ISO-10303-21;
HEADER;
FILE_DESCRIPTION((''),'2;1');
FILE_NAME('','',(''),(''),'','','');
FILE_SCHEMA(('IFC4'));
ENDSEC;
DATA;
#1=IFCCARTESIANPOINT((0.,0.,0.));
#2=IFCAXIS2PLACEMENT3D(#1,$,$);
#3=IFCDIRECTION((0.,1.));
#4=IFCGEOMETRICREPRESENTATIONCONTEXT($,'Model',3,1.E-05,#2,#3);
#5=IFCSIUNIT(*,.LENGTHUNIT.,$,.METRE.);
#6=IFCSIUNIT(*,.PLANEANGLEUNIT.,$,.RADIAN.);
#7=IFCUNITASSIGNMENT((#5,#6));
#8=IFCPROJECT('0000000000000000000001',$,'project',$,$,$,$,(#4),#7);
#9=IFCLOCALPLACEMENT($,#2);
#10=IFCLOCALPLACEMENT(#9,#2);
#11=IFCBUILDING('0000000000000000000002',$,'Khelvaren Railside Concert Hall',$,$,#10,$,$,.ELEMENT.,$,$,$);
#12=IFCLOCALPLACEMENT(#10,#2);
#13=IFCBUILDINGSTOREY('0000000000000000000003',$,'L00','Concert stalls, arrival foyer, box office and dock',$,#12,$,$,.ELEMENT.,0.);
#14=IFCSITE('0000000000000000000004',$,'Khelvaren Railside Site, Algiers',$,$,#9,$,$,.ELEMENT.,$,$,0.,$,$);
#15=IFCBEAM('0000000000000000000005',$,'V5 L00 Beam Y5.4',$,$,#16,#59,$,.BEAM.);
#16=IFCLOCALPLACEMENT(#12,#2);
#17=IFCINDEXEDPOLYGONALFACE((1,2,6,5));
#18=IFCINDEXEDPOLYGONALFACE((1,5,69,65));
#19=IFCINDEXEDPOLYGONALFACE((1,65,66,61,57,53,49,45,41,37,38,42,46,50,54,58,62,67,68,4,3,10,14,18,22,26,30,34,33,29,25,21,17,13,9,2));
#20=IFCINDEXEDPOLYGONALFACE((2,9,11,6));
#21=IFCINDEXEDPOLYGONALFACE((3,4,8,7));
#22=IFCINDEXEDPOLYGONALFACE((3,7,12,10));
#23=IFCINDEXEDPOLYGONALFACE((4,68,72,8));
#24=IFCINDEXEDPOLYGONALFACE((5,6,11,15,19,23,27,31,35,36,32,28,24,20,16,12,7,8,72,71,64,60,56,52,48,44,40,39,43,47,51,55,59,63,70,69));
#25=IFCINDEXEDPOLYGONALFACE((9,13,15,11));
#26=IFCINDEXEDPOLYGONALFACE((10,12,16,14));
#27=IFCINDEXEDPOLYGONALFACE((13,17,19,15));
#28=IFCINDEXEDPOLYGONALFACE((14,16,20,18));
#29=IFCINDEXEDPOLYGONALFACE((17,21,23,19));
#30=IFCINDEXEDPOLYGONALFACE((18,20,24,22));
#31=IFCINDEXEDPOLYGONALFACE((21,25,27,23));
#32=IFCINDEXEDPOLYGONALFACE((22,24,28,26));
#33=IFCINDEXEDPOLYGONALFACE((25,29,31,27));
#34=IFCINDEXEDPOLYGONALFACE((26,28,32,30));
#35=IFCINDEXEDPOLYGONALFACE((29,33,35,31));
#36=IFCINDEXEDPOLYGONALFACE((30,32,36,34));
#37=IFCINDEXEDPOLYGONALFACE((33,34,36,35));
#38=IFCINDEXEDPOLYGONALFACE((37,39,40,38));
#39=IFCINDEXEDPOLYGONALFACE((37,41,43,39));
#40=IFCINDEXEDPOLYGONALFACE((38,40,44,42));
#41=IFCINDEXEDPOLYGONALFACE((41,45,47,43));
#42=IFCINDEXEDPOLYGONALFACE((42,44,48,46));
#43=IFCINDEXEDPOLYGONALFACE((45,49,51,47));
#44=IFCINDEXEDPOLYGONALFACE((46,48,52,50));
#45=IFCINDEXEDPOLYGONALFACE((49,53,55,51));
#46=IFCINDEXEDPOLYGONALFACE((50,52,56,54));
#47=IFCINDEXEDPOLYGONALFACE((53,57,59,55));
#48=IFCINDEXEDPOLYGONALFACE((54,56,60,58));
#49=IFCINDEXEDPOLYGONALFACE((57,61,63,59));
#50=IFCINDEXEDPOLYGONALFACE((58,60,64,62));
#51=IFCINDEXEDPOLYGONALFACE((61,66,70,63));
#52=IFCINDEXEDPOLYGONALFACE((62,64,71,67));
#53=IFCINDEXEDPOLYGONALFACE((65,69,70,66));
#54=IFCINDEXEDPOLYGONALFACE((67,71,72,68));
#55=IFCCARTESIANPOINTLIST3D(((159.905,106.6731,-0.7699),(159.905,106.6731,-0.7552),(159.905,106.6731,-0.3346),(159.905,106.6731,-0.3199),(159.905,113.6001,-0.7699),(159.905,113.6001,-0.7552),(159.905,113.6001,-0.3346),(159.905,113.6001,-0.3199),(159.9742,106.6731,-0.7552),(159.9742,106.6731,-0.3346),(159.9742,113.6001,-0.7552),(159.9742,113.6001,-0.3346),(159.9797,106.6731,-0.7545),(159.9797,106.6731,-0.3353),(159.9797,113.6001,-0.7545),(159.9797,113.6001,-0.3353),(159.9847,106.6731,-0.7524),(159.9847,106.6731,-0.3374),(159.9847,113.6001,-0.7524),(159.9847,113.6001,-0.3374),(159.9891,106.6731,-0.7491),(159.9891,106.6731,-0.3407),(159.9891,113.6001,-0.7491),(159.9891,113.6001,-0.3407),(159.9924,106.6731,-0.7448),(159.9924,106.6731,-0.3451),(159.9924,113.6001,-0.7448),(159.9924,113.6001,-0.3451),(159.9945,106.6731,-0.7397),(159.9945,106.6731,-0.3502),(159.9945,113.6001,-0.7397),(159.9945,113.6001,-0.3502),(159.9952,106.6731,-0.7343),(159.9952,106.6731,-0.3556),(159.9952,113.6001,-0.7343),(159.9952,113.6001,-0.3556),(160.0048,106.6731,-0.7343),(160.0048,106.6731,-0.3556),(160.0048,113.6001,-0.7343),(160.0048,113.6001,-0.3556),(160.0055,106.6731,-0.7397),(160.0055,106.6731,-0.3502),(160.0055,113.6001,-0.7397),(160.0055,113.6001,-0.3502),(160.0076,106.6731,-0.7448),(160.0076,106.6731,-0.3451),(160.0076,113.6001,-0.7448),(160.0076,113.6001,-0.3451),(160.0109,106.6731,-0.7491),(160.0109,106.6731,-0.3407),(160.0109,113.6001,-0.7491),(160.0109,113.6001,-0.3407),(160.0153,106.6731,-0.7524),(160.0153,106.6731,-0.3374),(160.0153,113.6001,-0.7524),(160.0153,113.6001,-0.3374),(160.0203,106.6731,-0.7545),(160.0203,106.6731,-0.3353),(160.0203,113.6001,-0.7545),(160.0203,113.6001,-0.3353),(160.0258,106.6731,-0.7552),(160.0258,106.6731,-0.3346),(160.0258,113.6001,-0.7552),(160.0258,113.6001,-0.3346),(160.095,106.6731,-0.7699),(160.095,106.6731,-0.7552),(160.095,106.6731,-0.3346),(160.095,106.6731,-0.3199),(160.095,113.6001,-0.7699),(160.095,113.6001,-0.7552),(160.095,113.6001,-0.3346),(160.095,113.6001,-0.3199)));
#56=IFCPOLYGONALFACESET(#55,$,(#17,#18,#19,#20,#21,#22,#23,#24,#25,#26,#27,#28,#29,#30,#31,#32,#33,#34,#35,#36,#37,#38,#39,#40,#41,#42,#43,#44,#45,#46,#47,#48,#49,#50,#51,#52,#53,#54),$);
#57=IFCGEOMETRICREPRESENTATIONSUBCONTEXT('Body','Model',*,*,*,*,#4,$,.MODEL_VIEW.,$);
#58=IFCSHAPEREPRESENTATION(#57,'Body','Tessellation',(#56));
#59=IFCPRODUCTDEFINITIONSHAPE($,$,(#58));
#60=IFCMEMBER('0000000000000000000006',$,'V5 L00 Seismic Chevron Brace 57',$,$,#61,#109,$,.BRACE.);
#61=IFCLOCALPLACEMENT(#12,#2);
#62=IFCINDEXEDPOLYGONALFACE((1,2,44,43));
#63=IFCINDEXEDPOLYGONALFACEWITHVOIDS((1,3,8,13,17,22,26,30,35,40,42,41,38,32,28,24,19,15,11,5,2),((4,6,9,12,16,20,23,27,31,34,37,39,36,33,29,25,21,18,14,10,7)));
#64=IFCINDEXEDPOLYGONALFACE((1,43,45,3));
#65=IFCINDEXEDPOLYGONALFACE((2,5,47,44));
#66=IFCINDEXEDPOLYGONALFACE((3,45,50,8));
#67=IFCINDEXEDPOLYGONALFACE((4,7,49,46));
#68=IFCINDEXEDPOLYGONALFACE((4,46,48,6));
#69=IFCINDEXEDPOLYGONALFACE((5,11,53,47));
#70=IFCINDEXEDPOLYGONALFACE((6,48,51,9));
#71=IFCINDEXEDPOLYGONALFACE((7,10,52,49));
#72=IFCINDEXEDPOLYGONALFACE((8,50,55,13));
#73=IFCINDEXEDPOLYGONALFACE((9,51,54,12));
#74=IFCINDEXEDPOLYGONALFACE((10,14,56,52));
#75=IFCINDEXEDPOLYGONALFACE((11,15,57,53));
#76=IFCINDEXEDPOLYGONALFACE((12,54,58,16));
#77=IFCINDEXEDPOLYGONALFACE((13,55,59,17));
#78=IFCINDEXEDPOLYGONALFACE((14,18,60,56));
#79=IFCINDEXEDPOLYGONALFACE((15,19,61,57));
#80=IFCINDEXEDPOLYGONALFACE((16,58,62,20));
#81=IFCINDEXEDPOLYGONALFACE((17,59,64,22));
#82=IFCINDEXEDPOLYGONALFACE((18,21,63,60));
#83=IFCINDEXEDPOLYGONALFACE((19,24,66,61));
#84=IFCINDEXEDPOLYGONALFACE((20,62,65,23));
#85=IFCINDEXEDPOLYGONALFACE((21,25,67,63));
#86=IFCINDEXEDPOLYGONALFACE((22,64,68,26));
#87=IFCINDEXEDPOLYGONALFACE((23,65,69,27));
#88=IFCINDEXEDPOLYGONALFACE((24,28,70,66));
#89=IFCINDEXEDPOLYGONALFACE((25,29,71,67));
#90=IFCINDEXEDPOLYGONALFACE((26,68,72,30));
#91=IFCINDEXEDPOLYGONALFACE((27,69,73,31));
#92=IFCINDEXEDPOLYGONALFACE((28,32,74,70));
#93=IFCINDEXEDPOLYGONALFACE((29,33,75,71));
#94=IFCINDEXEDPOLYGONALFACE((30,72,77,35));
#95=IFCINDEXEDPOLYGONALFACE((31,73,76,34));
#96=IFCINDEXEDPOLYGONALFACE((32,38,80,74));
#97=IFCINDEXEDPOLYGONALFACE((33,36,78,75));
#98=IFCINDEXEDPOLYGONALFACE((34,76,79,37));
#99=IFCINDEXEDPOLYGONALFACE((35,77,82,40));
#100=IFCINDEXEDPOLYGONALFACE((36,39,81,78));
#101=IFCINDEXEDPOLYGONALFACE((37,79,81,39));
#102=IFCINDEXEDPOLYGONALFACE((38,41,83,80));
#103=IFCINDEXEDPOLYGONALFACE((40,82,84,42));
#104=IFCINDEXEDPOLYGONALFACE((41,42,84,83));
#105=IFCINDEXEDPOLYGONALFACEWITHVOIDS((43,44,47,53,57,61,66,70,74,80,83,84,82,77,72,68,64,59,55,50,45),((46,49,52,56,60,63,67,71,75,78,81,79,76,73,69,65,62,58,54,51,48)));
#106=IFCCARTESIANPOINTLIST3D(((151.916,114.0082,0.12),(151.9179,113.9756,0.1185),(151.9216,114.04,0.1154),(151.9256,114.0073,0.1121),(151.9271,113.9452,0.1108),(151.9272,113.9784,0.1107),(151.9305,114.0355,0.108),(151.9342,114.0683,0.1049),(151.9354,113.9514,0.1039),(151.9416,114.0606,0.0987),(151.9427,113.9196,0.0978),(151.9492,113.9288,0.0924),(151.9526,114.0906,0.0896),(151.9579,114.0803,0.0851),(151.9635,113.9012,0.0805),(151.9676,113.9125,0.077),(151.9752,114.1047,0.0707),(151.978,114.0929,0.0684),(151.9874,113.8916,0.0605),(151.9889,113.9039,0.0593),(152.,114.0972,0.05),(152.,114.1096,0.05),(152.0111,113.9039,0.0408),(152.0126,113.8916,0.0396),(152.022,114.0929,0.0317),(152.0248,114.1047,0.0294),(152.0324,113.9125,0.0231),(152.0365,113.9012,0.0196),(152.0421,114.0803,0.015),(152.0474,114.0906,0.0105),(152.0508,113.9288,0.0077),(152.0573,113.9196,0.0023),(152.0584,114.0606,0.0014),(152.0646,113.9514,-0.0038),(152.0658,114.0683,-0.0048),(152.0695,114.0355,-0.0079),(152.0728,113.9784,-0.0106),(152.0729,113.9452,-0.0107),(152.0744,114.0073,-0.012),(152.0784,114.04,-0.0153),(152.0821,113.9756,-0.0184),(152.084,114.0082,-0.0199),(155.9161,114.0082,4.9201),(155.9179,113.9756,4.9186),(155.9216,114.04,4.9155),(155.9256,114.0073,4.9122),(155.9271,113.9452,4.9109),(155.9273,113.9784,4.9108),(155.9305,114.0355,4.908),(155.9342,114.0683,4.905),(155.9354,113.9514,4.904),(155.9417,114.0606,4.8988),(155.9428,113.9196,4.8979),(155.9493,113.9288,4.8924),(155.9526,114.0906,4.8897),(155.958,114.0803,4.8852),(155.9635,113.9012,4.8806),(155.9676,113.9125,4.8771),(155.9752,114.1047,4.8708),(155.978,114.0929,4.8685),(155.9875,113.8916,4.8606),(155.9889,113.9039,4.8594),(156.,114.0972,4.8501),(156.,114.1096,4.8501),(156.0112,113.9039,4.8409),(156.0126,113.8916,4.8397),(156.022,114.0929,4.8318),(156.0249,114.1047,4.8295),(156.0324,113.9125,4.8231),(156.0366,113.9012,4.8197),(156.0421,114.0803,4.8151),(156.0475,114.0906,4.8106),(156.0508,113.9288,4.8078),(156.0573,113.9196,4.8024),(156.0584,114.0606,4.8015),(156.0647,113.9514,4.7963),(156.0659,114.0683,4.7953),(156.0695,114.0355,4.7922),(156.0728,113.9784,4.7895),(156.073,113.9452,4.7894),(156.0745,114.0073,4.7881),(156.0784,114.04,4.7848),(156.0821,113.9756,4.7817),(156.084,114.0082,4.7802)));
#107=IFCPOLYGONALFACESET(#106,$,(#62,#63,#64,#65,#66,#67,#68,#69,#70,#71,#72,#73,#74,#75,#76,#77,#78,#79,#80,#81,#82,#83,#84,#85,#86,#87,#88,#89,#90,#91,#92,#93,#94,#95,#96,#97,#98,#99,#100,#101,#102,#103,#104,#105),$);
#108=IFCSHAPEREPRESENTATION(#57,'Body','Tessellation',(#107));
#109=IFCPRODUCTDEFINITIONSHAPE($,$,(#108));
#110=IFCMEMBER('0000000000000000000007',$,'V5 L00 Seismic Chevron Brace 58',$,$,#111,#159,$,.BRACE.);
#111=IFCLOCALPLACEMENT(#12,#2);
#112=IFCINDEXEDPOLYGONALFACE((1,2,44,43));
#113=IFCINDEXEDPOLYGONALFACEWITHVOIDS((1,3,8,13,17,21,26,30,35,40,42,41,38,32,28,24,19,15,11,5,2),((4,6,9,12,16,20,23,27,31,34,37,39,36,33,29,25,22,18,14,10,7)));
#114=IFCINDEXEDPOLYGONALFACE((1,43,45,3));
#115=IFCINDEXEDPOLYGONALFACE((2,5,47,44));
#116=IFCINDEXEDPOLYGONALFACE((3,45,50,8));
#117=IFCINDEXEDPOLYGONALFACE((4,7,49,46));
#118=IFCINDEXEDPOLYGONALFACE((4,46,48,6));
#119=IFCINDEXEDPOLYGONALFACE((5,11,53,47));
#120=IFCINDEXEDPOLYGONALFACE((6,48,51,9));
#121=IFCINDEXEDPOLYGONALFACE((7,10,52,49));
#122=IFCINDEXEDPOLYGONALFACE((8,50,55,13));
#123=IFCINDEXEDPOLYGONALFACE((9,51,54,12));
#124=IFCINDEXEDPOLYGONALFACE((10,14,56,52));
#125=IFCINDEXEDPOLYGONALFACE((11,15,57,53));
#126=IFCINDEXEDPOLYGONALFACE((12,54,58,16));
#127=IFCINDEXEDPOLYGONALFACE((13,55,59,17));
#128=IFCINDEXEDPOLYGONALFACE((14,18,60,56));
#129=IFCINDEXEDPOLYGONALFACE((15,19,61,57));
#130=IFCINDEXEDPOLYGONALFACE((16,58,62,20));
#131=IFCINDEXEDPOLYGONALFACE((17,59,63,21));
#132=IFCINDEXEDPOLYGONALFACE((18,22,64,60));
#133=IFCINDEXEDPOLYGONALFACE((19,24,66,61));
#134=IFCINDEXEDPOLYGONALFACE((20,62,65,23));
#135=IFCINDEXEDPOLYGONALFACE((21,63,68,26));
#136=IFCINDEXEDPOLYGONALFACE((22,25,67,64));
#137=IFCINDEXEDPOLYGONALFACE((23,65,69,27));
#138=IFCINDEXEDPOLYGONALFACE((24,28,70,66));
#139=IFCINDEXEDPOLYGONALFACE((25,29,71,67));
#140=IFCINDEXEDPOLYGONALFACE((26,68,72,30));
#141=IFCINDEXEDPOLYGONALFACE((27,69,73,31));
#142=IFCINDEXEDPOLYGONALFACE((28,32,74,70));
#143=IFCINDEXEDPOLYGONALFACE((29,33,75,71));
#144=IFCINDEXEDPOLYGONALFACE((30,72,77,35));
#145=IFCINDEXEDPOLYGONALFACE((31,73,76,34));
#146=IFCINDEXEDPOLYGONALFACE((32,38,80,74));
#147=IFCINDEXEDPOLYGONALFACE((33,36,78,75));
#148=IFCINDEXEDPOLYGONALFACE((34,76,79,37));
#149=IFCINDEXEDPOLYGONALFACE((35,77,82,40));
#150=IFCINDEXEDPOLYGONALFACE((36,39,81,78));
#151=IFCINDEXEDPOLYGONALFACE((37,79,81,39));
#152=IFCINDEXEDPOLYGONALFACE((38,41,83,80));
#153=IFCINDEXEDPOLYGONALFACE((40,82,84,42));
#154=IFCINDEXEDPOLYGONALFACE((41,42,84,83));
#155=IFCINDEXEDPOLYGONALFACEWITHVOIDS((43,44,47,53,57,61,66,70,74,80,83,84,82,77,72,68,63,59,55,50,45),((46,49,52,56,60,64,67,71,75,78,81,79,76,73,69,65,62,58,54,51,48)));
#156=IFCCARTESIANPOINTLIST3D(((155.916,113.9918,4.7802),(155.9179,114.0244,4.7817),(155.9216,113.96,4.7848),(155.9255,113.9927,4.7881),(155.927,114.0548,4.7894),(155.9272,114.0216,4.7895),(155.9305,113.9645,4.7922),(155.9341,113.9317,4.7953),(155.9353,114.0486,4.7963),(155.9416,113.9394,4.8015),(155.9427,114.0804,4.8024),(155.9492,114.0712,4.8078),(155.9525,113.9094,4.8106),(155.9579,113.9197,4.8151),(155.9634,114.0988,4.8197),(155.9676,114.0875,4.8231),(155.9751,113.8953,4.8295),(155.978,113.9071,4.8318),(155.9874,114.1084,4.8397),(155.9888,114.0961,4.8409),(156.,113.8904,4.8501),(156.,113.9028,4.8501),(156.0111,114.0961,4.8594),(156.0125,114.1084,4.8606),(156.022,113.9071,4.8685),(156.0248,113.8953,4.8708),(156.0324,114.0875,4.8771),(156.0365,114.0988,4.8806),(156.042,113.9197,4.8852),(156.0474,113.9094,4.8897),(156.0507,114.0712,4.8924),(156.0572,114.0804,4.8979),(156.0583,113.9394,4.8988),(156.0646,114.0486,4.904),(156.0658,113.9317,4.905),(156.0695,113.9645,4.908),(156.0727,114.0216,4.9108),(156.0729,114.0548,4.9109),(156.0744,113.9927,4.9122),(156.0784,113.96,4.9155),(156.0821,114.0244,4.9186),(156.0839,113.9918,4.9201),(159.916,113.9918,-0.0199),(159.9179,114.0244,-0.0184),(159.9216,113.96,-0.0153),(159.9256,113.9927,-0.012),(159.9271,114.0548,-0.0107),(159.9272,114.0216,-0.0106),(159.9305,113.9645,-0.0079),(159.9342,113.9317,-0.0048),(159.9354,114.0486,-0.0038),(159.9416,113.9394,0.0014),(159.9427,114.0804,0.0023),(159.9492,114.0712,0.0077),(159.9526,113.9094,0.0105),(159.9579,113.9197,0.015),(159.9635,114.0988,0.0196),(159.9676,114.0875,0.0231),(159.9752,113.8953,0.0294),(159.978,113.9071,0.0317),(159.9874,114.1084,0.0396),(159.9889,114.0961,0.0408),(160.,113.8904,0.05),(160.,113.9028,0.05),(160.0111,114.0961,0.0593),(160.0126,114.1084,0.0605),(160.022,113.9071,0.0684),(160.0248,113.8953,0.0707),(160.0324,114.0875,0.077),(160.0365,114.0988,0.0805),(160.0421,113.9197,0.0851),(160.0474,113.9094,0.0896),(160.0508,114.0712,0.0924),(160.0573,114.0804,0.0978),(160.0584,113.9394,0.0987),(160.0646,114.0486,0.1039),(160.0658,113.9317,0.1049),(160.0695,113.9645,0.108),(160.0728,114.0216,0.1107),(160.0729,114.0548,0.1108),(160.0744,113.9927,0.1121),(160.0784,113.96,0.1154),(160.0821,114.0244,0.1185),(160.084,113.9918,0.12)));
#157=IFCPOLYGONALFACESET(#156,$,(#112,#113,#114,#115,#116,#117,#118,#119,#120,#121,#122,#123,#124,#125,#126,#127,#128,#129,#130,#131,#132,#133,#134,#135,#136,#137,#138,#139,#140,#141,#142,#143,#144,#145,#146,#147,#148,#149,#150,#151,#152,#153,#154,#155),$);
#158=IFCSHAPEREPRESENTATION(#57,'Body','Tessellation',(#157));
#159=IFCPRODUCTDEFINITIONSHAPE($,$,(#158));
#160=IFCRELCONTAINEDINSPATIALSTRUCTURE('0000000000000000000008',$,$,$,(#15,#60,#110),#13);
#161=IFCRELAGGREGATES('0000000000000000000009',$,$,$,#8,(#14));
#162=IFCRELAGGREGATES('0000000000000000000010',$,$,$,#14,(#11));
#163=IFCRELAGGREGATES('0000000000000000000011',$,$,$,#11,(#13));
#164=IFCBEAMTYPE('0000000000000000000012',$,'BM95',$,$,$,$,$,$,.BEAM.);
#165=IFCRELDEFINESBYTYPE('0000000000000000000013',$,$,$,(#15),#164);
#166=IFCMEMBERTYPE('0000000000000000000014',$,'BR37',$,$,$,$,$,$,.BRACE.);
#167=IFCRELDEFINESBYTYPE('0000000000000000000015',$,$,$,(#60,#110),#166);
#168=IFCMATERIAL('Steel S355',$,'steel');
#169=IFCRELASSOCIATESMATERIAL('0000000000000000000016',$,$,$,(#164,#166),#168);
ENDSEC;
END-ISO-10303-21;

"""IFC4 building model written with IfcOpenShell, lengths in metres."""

from ifc_helpers import new_model, si_unit, direction, frame, origin, origin_2d, place, context, subcontext, project, spatial, hollow_circle, i_section, extrude, material, material_profile, profile_set, type_object, element, save


model = new_model("IFC4")

# Units and contexts
model_context = context("Model", 3, precision=1e-05, world=origin(), true_north=direction((0.0, 1.0)))
body_context = subcontext(model_context, "Body", "Model", "MODEL_VIEW")
ifc_project = project(units=[si_unit("LENGTHUNIT", "METRE"), si_unit("PLANEANGLEUNIT", "RADIAN")], contexts=[model_context])

# Site, building, storey
site_placement = place(None, origin())
site = spatial("IfcSite", under=ifc_project, at=site_placement, Name="Khelvaren Railside Site, Algiers", CompositionType="ELEMENT", RefElevation=0.0)
building_placement = place(site_placement, origin())
building = spatial("IfcBuilding", under=site, at=building_placement, Name="Khelvaren Railside Concert Hall", CompositionType="ELEMENT")
storey_placement = place(building_placement, origin())
storey = spatial("IfcBuildingStorey", under=building, at=storey_placement, Name="L00", Description="Concert stalls, arrival foyer, box office and dock", CompositionType="ELEMENT", Elevation=0.0)

# Beam
ifc_material_1 = material(Name="Steel S355", Category="steel")
ifc_material_profile_1 = material_profile(ifc_material_1, i_section(OverallWidth=0.1899, OverallDepth=0.45, WebThickness=0.0095, FlangeThickness=0.0146, FilletRadius=0.021, at=origin_2d()), Name="IPE 450")
ifc_profile_set_1 = profile_set([ifc_material_profile_1], Name="Steel S355")
beam_type_1 = type_object("IfcBeamType", Name="BM95", PredefinedType="BEAM", material=ifc_profile_set_1)
beam_1_placement = place(storey_placement, frame((160.0, 106.6731, -0.5449), z_axis=(0.0, 1.0, 0.0), x_axis=(-1.0, 0.0, 0.0)))
element("IfcBeam", 1, at=beam_1_placement, inside=storey, type_object=beam_type_1, Name="V5 L00 Beam Y5.4", PredefinedType="BEAM", context=body_context, shape_type="SweptSolid", body=[
    extrude(i_section(OverallWidth=0.1899, OverallDepth=0.45, WebThickness=0.0095, FlangeThickness=0.0146, FilletRadius=0.021, at=origin_2d()), origin(), (0.0, 0.0, 1.0), 6.927),
])

# Members
ifc_material_profile_2 = material_profile(ifc_material_1, hollow_circle(Radius=0.1096, WallThickness=0.0125, at=origin_2d()), Name="CHS 219.1x12.5")
ifc_profile_set_2 = profile_set([ifc_material_profile_2], Name="Steel S355")
member_type = type_object("IfcMemberType", Name="BR37", PredefinedType="BRACE", material=ifc_profile_set_2)
for number, where, z_axis, x_axis, name in (
    (2, (152.0, 114.0, 0.05), (0.640181, 0.0, 0.768224), (0.0, 1.0, 0.0), "V5 L00 Seismic Chevron Brace 57"),
    (3, (160.0, 114.0, 0.05), (-0.640181, 0.0, 0.768224), (0.0, -1.0, 0.0), "V5 L00 Seismic Chevron Brace 58"),
):
    element("IfcMember", number, at=place(storey_placement, frame(where, z_axis=z_axis, x_axis=x_axis)), inside=storey, type_object=member_type, Name=name, PredefinedType="BRACE", context=body_context, shape_type="SweptSolid", body=[
        extrude(hollow_circle(Radius=0.1096, WallThickness=0.0125, at=origin_2d()), origin(), (0.0, 0.0, 1.0), 6.2483),
    ])

save(model, "model.ifc")
